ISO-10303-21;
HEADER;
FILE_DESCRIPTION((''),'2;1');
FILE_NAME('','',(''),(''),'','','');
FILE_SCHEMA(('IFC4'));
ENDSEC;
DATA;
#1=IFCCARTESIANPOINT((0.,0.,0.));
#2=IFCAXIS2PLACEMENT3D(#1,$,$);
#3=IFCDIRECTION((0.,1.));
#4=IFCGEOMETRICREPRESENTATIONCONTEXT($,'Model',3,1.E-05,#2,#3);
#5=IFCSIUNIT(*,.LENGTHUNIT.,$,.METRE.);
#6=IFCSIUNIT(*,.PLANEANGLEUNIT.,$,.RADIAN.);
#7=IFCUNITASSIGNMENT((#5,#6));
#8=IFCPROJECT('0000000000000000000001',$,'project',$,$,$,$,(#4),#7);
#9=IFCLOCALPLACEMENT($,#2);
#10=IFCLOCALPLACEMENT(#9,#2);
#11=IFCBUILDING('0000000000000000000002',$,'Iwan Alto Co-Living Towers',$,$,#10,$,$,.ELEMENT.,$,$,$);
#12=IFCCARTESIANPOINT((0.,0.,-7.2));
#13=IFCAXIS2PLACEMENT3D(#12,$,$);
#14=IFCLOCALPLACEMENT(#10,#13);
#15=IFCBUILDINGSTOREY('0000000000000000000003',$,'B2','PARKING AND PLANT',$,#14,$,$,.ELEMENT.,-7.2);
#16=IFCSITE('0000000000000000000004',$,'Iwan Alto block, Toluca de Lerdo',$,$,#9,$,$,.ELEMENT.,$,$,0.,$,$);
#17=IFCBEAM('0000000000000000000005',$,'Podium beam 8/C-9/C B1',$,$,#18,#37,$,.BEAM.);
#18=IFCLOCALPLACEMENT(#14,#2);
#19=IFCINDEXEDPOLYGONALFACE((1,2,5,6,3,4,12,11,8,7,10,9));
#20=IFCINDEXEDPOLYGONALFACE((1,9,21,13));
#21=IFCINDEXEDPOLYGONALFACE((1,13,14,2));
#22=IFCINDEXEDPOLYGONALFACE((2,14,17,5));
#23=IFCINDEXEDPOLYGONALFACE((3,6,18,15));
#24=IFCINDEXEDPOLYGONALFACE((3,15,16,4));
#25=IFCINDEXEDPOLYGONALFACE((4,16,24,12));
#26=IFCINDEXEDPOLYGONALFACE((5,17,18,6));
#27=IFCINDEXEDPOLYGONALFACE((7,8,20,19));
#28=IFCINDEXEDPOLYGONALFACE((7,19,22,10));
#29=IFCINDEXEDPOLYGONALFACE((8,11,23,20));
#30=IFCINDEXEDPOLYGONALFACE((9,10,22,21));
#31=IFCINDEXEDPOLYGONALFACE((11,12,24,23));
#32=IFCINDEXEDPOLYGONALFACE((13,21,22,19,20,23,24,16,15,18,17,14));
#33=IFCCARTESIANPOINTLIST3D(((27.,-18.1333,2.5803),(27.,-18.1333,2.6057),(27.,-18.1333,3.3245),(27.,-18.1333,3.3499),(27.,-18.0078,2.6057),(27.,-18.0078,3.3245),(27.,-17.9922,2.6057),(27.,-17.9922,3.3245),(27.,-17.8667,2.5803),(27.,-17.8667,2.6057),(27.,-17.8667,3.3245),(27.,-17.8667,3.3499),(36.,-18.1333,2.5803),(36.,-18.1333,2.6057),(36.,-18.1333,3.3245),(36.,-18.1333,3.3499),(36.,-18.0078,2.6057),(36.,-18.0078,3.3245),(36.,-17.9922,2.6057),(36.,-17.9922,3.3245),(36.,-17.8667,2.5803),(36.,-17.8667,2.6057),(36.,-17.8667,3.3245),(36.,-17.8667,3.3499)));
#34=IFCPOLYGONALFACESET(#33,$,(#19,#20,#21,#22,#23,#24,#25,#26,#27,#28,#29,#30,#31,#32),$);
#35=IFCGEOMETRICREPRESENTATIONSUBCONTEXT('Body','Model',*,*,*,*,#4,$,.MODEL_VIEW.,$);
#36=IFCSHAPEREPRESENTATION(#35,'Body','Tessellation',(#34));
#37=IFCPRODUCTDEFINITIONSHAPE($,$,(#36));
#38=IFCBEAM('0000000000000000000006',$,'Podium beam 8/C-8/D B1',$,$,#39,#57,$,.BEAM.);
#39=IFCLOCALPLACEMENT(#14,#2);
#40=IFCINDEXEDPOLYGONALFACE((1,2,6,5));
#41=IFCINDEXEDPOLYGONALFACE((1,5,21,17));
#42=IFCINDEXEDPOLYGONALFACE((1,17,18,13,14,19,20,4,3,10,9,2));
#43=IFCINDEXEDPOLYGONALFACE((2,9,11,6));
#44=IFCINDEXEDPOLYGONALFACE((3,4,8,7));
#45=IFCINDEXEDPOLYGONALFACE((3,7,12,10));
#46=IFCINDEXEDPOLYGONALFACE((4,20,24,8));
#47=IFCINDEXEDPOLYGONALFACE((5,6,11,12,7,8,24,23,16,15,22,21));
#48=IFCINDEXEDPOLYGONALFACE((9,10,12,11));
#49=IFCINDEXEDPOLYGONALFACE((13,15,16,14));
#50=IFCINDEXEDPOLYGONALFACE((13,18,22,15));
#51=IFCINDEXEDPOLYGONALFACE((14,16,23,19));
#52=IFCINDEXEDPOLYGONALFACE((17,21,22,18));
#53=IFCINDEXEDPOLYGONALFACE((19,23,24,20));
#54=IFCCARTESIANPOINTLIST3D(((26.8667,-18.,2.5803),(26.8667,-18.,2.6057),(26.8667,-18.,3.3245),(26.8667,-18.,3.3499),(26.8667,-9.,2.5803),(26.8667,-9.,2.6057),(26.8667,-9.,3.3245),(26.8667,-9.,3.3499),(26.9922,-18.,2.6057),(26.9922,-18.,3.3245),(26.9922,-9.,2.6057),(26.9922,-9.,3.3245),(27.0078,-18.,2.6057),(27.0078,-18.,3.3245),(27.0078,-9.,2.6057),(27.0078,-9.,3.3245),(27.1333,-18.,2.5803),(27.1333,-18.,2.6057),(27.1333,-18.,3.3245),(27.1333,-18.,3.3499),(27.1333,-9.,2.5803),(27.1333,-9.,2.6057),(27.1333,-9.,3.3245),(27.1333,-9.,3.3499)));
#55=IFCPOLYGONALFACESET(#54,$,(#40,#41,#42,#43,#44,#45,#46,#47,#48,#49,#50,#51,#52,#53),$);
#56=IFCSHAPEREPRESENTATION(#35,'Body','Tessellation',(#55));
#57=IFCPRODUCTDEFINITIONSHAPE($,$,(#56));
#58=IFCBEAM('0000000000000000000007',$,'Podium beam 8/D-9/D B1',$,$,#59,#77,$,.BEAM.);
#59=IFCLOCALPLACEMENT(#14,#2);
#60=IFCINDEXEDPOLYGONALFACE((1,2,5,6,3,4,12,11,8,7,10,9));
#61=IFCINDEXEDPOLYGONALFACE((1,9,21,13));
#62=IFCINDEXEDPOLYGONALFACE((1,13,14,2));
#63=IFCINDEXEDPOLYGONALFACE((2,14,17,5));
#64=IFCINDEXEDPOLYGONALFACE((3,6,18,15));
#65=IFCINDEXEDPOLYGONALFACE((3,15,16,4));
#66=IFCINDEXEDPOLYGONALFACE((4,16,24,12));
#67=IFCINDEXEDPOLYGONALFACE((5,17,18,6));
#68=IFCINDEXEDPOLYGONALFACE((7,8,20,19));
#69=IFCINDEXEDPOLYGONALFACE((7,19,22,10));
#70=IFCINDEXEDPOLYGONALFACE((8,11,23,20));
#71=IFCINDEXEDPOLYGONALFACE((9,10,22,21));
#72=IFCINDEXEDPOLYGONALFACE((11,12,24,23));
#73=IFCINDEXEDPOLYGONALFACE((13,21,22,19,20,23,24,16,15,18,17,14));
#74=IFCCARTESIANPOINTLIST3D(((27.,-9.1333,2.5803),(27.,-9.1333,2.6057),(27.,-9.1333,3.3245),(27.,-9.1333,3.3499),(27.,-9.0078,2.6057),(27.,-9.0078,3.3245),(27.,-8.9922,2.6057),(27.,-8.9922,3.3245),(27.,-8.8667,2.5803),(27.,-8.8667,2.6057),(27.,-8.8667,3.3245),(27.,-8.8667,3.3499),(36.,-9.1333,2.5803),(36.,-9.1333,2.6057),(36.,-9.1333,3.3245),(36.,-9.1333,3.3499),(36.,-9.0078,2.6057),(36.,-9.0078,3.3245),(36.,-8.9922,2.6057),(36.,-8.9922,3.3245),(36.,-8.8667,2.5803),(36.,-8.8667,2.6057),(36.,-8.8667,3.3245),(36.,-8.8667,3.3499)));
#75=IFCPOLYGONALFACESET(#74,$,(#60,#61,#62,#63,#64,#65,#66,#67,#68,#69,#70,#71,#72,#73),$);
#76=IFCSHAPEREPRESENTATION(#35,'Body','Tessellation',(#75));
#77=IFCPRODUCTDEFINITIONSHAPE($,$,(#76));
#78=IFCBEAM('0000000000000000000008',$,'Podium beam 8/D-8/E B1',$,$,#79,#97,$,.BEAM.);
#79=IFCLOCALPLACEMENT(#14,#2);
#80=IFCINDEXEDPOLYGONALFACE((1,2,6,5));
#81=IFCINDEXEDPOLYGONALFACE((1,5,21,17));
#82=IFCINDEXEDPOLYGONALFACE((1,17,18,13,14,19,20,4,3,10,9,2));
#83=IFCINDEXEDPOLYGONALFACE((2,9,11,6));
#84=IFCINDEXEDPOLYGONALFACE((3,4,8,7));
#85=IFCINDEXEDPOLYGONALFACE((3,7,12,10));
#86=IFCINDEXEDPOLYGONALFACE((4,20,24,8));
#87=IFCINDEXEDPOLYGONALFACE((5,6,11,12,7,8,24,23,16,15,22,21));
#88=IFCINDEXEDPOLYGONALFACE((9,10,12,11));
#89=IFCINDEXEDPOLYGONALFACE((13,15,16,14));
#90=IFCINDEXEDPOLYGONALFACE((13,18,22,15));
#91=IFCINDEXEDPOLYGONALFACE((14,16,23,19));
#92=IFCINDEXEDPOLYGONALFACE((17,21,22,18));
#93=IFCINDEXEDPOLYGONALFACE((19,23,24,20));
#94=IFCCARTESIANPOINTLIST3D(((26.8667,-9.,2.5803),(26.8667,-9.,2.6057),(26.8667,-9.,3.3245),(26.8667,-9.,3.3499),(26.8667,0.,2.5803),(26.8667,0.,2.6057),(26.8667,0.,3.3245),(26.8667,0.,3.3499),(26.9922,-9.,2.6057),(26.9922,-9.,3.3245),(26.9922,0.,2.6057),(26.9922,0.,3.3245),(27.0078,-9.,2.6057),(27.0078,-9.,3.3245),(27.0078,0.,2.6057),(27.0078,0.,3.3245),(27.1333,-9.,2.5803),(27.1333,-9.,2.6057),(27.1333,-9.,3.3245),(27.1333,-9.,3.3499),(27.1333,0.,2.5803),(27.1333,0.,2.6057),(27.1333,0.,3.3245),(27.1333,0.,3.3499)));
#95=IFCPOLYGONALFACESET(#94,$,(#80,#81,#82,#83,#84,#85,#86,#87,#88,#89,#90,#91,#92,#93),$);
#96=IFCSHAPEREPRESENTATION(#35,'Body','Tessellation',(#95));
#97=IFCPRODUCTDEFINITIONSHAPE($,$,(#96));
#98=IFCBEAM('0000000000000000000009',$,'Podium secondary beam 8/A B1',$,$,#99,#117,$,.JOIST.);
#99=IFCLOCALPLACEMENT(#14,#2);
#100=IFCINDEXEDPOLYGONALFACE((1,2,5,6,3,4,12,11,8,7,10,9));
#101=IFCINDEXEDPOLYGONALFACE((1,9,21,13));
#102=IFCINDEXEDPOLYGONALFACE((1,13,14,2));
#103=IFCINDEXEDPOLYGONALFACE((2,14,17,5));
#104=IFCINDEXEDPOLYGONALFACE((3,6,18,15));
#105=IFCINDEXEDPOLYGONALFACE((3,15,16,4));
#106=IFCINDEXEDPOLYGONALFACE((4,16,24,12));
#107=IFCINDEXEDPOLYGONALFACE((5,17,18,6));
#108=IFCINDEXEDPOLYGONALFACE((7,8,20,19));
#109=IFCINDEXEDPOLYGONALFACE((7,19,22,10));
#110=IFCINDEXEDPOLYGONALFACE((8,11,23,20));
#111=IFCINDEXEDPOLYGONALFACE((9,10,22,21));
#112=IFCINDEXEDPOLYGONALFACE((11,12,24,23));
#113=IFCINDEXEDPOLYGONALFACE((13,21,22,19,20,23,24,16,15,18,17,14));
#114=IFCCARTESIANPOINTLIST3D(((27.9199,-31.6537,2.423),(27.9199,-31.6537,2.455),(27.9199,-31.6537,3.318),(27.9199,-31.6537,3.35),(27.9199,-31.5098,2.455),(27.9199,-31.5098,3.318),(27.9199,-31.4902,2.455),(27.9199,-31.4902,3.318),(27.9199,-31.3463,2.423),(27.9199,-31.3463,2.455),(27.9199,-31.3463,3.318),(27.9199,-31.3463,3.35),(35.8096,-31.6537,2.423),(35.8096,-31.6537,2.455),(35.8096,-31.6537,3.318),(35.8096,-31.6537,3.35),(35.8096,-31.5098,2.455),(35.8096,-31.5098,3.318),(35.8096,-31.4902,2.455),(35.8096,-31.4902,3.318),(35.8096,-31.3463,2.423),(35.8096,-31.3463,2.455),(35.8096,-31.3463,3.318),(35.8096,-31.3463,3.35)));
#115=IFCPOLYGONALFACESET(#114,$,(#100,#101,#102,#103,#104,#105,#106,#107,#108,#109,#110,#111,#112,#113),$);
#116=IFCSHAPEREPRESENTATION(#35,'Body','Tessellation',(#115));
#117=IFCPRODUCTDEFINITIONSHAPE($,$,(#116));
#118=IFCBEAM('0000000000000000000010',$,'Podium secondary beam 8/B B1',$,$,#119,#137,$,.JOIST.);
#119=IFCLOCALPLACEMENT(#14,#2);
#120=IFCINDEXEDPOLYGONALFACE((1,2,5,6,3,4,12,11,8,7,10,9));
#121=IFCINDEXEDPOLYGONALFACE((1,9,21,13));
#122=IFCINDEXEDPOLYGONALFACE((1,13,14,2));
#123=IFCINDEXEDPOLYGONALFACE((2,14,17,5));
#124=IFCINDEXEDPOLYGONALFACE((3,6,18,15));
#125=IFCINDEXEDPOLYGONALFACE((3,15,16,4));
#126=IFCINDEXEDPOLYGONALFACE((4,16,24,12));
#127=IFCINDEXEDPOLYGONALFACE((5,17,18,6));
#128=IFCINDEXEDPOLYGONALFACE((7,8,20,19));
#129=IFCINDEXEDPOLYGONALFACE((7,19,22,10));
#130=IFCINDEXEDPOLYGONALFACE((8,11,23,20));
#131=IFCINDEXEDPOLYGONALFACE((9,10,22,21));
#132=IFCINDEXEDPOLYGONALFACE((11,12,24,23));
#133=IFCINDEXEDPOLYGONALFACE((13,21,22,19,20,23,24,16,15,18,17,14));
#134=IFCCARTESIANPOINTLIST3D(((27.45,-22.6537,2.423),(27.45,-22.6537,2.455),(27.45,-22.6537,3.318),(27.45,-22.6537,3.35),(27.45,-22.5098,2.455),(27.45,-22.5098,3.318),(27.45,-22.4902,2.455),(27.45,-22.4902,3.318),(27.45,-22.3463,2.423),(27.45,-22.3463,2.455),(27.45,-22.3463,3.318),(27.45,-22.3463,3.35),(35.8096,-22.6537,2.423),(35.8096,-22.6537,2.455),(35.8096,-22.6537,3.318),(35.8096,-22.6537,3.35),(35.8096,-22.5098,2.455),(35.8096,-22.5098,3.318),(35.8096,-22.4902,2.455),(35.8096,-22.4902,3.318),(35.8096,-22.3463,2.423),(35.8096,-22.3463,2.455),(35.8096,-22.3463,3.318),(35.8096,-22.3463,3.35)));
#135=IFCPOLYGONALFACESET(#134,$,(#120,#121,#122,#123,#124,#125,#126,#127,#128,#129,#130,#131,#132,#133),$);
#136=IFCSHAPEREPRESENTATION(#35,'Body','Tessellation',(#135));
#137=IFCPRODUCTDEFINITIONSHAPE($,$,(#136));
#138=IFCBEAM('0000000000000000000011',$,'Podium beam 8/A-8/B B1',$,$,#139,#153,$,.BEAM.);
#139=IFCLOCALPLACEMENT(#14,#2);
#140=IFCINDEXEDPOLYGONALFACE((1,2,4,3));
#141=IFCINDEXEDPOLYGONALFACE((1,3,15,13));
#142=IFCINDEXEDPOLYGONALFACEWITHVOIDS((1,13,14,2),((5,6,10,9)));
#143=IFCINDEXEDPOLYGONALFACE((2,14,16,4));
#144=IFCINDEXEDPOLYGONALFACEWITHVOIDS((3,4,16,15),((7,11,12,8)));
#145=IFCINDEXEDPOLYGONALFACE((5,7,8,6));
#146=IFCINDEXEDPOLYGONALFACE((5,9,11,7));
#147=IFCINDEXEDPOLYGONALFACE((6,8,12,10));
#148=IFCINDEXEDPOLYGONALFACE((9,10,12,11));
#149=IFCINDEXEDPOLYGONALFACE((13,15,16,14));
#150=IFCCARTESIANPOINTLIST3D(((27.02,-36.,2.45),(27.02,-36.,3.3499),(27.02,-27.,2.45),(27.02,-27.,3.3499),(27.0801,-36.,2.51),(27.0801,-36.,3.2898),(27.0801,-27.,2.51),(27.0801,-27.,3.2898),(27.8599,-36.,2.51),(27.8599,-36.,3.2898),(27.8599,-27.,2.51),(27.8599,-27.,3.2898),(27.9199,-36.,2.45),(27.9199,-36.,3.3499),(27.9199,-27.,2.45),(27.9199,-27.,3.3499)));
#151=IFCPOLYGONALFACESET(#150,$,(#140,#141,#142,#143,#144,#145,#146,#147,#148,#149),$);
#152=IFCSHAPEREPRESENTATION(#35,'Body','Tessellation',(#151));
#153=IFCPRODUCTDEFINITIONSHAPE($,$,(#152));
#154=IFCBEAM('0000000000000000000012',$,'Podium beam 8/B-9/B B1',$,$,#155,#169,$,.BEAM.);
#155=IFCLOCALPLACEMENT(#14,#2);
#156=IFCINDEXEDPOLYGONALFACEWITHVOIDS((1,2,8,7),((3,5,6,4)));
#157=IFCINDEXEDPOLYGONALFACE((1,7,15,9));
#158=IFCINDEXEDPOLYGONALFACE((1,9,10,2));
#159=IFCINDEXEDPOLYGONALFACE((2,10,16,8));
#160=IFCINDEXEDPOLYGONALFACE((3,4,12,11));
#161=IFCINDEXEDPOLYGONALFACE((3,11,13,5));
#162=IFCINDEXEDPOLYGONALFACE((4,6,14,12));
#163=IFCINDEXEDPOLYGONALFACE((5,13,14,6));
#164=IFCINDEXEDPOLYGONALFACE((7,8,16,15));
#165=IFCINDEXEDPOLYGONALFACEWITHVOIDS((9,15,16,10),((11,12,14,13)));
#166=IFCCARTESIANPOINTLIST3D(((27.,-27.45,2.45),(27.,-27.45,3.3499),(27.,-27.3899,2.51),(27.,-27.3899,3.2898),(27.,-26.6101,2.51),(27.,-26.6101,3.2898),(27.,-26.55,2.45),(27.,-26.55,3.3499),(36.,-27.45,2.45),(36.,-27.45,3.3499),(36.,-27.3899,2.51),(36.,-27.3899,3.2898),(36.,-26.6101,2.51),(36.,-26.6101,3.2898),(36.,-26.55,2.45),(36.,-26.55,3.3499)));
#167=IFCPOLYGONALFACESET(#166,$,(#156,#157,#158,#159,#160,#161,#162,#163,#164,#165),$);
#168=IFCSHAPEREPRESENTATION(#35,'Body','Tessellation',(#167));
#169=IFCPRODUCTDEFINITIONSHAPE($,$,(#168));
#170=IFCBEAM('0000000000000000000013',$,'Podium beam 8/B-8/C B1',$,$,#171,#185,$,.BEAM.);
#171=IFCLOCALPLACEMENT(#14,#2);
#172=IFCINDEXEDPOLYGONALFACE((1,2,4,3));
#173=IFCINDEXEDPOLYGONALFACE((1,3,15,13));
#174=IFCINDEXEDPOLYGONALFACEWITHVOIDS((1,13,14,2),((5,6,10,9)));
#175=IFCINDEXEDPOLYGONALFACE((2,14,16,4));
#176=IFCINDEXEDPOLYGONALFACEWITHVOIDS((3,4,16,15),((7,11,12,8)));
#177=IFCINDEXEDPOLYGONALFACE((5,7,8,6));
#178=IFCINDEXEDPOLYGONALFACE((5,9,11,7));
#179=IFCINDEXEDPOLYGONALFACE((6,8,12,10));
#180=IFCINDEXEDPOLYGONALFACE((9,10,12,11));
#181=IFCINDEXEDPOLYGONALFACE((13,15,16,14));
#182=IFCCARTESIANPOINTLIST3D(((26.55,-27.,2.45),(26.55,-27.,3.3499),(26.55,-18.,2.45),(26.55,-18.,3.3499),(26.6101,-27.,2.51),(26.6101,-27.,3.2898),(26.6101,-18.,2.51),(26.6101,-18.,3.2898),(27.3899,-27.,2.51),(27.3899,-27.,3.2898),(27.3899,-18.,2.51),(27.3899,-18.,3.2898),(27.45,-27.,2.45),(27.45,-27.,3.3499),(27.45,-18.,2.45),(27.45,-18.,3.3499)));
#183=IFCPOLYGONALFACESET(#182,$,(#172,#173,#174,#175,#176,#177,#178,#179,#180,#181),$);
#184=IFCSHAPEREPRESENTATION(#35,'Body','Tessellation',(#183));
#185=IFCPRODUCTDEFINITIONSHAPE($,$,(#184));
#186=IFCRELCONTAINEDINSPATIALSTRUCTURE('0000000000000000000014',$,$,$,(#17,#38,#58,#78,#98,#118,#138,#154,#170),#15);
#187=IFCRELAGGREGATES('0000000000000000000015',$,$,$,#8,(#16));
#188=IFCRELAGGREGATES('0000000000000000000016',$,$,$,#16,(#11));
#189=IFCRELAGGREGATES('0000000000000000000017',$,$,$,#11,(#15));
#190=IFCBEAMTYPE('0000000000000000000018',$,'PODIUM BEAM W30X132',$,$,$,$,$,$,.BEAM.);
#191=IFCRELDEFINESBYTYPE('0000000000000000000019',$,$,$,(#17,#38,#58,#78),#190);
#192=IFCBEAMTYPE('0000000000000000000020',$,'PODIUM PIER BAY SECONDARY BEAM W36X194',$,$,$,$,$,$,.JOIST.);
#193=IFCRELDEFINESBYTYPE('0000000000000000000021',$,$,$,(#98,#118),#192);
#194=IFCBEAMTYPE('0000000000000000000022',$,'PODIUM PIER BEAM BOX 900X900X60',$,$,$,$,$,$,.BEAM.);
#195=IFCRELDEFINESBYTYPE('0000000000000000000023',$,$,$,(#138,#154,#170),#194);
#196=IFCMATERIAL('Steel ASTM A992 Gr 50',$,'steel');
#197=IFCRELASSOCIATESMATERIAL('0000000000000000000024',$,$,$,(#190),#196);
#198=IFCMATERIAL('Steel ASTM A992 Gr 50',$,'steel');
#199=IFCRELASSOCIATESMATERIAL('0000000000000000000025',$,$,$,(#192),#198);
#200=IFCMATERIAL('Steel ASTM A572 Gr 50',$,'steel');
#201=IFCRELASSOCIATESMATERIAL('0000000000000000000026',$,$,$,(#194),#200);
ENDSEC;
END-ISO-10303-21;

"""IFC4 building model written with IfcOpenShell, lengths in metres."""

from ifc_helpers import new_model, si_unit, direction, frame, origin, origin_2d, place, context, subcontext, project, spatial, hollow_rectangle, i_section, extrude, material, material_profile, profile_set, type_object, element, save


model = new_model("IFC4")

# Units and contexts
model_context = context("Model", 3, precision=1e-05, world=origin(), true_north=direction((0.0, 1.0)))
body_context = subcontext(model_context, "Body", "Model", "MODEL_VIEW")
ifc_project = project(units=[si_unit("LENGTHUNIT", "METRE"), si_unit("PLANEANGLEUNIT", "RADIAN")], contexts=[model_context])

# Site, building, storey
site_placement = place(None, origin())
site = spatial("IfcSite", under=ifc_project, at=site_placement, Name="Iwan Alto block, Toluca de Lerdo", CompositionType="ELEMENT", RefElevation=0.0)
building_placement = place(site_placement, origin())
building = spatial("IfcBuilding", under=site, at=building_placement, Name="Iwan Alto Co-Living Towers", CompositionType="ELEMENT")
storey_placement = place(building_placement, frame((0.0, 0.0, -7.2)))
storey = spatial("IfcBuildingStorey", under=building, at=storey_placement, Name="B2", Description="PARKING AND PLANT", CompositionType="ELEMENT", Elevation=-7.2)

# Beams
ifc_material_1 = material(Name="Steel ASTM A992 Gr 50", Category="steel")
ifc_material_profile_1 = material_profile(ifc_material_1, i_section(OverallWidth=0.2666, OverallDepth=0.7695, WebThickness=0.0156, FlangeThickness=0.0254, at=origin_2d()), Name="W30X132")
ifc_profile_set_1 = profile_set([ifc_material_profile_1], Name="Steel ASTM A992 Gr 50")
beam_type_1 = type_object("IfcBeamType", Name="PODIUM BEAM W30X132", PredefinedType="BEAM", material=ifc_profile_set_1)
for number, where, z_axis, x_axis, name in (
    (1, (27.0, -18.0, 2.9651), (1.0, 0.0, 0.0), (0.0, 1.0, 0.0), "Podium beam 8/C-9/C B1"),
    (2, (27.0, -18.0, 2.9651), (0.0, 1.0, 0.0), (-1.0, 0.0, 0.0), "Podium beam 8/C-8/D B1"),
    (3, (27.0, -9.0, 2.9651), (1.0, 0.0, 0.0), (0.0, 1.0, 0.0), "Podium beam 8/D-9/D B1"),
    (4, (27.0, -9.0, 2.9651), (0.0, 1.0, 0.0), (-1.0, 0.0, 0.0), "Podium beam 8/D-8/E B1"),
):
    element("IfcBeam", number, at=place(storey_placement, frame(where, z_axis=z_axis, x_axis=x_axis)), inside=storey, type_object=beam_type_1, Name=name, PredefinedType="BEAM", context=body_context, shape_type="SweptSolid", body=[
        extrude(i_section(OverallWidth=0.2666, OverallDepth=0.7695, WebThickness=0.0156, FlangeThickness=0.0254, at=origin_2d()), origin(), (0.0, 0.0, 1.0), 9.0),
    ])
ifc_material_2 = material(Name="Steel ASTM A992 Gr 50", Category="steel")
ifc_material_profile_2 = material_profile(ifc_material_2, i_section(OverallWidth=0.3074, OverallDepth=0.927, WebThickness=0.0195, FlangeThickness=0.032, at=origin_2d()), Name="W36X194")
ifc_profile_set_2 = profile_set([ifc_material_profile_2], Name="Steel ASTM A992 Gr 50")
beam_type_2 = type_object("IfcBeamType", Name="PODIUM PIER BAY SECONDARY BEAM W36X194", PredefinedType="JOIST", material=ifc_profile_set_2)
beam_1_placement = place(storey_placement, frame((27.9199, -31.5, 2.8865), z_axis=(1.0, 0.0, 0.0), x_axis=(0.0, 1.0, 0.0)))
element("IfcBeam", 5, at=beam_1_placement, inside=storey, type_object=beam_type_2, Name="Podium secondary beam 8/A B1", PredefinedType="JOIST", context=body_context, shape_type="SweptSolid", body=[
    extrude(i_section(OverallWidth=0.3074, OverallDepth=0.927, WebThickness=0.0195, FlangeThickness=0.032, at=origin_2d()), origin(), (0.0, 0.0, 1.0), 7.8896),
])
beam_2_placement = place(storey_placement, frame((27.45, -22.5, 2.8865), z_axis=(1.0, 0.0, 0.0), x_axis=(0.0, 1.0, 0.0)))
element("IfcBeam", 6, at=beam_2_placement, inside=storey, type_object=beam_type_2, Name="Podium secondary beam 8/B B1", PredefinedType="JOIST", context=body_context, shape_type="SweptSolid", body=[
    extrude(i_section(OverallWidth=0.3074, OverallDepth=0.927, WebThickness=0.0195, FlangeThickness=0.032, at=origin_2d()), origin(), (0.0, 0.0, 1.0), 8.3596),
])
ifc_material_3 = material(Name="Steel ASTM A572 Gr 50", Category="steel")
ifc_material_profile_3 = material_profile(ifc_material_3, hollow_rectangle(XDim=0.8999, YDim=0.8999, WallThickness=0.0601, at=origin_2d()), Name="BOX 900X900X60")
ifc_profile_set_3 = profile_set([ifc_material_profile_3], Name="Steel ASTM A572 Gr 50")
beam_type_3 = type_object("IfcBeamType", Name="PODIUM PIER BEAM BOX 900X900X60", PredefinedType="BEAM", material=ifc_profile_set_3)
for number, where, z_axis, x_axis, name in (
    (7, (27.47, -36.0, 2.8999), (0.0, 1.0, 0.0), (-1.0, 0.0, 0.0), "Podium beam 8/A-8/B B1"),
    (8, (27.0, -27.0, 2.8999), (1.0, 0.0, 0.0), (0.0, 1.0, 0.0), "Podium beam 8/B-9/B B1"),
    (9, (27.0, -27.0, 2.8999), (0.0, 1.0, 0.0), (-1.0, 0.0, 0.0), "Podium beam 8/B-8/C B1"),
):
    element("IfcBeam", number, at=place(storey_placement, frame(where, z_axis=z_axis, x_axis=x_axis)), inside=storey, type_object=beam_type_3, Name=name, PredefinedType="BEAM", context=body_context, shape_type="SweptSolid", body=[
        extrude(hollow_rectangle(XDim=0.8999, YDim=0.8999, WallThickness=0.0601, at=origin_2d()), origin(), (0.0, 0.0, 1.0), 9.0),
    ])

save(model, "model.ifc")
